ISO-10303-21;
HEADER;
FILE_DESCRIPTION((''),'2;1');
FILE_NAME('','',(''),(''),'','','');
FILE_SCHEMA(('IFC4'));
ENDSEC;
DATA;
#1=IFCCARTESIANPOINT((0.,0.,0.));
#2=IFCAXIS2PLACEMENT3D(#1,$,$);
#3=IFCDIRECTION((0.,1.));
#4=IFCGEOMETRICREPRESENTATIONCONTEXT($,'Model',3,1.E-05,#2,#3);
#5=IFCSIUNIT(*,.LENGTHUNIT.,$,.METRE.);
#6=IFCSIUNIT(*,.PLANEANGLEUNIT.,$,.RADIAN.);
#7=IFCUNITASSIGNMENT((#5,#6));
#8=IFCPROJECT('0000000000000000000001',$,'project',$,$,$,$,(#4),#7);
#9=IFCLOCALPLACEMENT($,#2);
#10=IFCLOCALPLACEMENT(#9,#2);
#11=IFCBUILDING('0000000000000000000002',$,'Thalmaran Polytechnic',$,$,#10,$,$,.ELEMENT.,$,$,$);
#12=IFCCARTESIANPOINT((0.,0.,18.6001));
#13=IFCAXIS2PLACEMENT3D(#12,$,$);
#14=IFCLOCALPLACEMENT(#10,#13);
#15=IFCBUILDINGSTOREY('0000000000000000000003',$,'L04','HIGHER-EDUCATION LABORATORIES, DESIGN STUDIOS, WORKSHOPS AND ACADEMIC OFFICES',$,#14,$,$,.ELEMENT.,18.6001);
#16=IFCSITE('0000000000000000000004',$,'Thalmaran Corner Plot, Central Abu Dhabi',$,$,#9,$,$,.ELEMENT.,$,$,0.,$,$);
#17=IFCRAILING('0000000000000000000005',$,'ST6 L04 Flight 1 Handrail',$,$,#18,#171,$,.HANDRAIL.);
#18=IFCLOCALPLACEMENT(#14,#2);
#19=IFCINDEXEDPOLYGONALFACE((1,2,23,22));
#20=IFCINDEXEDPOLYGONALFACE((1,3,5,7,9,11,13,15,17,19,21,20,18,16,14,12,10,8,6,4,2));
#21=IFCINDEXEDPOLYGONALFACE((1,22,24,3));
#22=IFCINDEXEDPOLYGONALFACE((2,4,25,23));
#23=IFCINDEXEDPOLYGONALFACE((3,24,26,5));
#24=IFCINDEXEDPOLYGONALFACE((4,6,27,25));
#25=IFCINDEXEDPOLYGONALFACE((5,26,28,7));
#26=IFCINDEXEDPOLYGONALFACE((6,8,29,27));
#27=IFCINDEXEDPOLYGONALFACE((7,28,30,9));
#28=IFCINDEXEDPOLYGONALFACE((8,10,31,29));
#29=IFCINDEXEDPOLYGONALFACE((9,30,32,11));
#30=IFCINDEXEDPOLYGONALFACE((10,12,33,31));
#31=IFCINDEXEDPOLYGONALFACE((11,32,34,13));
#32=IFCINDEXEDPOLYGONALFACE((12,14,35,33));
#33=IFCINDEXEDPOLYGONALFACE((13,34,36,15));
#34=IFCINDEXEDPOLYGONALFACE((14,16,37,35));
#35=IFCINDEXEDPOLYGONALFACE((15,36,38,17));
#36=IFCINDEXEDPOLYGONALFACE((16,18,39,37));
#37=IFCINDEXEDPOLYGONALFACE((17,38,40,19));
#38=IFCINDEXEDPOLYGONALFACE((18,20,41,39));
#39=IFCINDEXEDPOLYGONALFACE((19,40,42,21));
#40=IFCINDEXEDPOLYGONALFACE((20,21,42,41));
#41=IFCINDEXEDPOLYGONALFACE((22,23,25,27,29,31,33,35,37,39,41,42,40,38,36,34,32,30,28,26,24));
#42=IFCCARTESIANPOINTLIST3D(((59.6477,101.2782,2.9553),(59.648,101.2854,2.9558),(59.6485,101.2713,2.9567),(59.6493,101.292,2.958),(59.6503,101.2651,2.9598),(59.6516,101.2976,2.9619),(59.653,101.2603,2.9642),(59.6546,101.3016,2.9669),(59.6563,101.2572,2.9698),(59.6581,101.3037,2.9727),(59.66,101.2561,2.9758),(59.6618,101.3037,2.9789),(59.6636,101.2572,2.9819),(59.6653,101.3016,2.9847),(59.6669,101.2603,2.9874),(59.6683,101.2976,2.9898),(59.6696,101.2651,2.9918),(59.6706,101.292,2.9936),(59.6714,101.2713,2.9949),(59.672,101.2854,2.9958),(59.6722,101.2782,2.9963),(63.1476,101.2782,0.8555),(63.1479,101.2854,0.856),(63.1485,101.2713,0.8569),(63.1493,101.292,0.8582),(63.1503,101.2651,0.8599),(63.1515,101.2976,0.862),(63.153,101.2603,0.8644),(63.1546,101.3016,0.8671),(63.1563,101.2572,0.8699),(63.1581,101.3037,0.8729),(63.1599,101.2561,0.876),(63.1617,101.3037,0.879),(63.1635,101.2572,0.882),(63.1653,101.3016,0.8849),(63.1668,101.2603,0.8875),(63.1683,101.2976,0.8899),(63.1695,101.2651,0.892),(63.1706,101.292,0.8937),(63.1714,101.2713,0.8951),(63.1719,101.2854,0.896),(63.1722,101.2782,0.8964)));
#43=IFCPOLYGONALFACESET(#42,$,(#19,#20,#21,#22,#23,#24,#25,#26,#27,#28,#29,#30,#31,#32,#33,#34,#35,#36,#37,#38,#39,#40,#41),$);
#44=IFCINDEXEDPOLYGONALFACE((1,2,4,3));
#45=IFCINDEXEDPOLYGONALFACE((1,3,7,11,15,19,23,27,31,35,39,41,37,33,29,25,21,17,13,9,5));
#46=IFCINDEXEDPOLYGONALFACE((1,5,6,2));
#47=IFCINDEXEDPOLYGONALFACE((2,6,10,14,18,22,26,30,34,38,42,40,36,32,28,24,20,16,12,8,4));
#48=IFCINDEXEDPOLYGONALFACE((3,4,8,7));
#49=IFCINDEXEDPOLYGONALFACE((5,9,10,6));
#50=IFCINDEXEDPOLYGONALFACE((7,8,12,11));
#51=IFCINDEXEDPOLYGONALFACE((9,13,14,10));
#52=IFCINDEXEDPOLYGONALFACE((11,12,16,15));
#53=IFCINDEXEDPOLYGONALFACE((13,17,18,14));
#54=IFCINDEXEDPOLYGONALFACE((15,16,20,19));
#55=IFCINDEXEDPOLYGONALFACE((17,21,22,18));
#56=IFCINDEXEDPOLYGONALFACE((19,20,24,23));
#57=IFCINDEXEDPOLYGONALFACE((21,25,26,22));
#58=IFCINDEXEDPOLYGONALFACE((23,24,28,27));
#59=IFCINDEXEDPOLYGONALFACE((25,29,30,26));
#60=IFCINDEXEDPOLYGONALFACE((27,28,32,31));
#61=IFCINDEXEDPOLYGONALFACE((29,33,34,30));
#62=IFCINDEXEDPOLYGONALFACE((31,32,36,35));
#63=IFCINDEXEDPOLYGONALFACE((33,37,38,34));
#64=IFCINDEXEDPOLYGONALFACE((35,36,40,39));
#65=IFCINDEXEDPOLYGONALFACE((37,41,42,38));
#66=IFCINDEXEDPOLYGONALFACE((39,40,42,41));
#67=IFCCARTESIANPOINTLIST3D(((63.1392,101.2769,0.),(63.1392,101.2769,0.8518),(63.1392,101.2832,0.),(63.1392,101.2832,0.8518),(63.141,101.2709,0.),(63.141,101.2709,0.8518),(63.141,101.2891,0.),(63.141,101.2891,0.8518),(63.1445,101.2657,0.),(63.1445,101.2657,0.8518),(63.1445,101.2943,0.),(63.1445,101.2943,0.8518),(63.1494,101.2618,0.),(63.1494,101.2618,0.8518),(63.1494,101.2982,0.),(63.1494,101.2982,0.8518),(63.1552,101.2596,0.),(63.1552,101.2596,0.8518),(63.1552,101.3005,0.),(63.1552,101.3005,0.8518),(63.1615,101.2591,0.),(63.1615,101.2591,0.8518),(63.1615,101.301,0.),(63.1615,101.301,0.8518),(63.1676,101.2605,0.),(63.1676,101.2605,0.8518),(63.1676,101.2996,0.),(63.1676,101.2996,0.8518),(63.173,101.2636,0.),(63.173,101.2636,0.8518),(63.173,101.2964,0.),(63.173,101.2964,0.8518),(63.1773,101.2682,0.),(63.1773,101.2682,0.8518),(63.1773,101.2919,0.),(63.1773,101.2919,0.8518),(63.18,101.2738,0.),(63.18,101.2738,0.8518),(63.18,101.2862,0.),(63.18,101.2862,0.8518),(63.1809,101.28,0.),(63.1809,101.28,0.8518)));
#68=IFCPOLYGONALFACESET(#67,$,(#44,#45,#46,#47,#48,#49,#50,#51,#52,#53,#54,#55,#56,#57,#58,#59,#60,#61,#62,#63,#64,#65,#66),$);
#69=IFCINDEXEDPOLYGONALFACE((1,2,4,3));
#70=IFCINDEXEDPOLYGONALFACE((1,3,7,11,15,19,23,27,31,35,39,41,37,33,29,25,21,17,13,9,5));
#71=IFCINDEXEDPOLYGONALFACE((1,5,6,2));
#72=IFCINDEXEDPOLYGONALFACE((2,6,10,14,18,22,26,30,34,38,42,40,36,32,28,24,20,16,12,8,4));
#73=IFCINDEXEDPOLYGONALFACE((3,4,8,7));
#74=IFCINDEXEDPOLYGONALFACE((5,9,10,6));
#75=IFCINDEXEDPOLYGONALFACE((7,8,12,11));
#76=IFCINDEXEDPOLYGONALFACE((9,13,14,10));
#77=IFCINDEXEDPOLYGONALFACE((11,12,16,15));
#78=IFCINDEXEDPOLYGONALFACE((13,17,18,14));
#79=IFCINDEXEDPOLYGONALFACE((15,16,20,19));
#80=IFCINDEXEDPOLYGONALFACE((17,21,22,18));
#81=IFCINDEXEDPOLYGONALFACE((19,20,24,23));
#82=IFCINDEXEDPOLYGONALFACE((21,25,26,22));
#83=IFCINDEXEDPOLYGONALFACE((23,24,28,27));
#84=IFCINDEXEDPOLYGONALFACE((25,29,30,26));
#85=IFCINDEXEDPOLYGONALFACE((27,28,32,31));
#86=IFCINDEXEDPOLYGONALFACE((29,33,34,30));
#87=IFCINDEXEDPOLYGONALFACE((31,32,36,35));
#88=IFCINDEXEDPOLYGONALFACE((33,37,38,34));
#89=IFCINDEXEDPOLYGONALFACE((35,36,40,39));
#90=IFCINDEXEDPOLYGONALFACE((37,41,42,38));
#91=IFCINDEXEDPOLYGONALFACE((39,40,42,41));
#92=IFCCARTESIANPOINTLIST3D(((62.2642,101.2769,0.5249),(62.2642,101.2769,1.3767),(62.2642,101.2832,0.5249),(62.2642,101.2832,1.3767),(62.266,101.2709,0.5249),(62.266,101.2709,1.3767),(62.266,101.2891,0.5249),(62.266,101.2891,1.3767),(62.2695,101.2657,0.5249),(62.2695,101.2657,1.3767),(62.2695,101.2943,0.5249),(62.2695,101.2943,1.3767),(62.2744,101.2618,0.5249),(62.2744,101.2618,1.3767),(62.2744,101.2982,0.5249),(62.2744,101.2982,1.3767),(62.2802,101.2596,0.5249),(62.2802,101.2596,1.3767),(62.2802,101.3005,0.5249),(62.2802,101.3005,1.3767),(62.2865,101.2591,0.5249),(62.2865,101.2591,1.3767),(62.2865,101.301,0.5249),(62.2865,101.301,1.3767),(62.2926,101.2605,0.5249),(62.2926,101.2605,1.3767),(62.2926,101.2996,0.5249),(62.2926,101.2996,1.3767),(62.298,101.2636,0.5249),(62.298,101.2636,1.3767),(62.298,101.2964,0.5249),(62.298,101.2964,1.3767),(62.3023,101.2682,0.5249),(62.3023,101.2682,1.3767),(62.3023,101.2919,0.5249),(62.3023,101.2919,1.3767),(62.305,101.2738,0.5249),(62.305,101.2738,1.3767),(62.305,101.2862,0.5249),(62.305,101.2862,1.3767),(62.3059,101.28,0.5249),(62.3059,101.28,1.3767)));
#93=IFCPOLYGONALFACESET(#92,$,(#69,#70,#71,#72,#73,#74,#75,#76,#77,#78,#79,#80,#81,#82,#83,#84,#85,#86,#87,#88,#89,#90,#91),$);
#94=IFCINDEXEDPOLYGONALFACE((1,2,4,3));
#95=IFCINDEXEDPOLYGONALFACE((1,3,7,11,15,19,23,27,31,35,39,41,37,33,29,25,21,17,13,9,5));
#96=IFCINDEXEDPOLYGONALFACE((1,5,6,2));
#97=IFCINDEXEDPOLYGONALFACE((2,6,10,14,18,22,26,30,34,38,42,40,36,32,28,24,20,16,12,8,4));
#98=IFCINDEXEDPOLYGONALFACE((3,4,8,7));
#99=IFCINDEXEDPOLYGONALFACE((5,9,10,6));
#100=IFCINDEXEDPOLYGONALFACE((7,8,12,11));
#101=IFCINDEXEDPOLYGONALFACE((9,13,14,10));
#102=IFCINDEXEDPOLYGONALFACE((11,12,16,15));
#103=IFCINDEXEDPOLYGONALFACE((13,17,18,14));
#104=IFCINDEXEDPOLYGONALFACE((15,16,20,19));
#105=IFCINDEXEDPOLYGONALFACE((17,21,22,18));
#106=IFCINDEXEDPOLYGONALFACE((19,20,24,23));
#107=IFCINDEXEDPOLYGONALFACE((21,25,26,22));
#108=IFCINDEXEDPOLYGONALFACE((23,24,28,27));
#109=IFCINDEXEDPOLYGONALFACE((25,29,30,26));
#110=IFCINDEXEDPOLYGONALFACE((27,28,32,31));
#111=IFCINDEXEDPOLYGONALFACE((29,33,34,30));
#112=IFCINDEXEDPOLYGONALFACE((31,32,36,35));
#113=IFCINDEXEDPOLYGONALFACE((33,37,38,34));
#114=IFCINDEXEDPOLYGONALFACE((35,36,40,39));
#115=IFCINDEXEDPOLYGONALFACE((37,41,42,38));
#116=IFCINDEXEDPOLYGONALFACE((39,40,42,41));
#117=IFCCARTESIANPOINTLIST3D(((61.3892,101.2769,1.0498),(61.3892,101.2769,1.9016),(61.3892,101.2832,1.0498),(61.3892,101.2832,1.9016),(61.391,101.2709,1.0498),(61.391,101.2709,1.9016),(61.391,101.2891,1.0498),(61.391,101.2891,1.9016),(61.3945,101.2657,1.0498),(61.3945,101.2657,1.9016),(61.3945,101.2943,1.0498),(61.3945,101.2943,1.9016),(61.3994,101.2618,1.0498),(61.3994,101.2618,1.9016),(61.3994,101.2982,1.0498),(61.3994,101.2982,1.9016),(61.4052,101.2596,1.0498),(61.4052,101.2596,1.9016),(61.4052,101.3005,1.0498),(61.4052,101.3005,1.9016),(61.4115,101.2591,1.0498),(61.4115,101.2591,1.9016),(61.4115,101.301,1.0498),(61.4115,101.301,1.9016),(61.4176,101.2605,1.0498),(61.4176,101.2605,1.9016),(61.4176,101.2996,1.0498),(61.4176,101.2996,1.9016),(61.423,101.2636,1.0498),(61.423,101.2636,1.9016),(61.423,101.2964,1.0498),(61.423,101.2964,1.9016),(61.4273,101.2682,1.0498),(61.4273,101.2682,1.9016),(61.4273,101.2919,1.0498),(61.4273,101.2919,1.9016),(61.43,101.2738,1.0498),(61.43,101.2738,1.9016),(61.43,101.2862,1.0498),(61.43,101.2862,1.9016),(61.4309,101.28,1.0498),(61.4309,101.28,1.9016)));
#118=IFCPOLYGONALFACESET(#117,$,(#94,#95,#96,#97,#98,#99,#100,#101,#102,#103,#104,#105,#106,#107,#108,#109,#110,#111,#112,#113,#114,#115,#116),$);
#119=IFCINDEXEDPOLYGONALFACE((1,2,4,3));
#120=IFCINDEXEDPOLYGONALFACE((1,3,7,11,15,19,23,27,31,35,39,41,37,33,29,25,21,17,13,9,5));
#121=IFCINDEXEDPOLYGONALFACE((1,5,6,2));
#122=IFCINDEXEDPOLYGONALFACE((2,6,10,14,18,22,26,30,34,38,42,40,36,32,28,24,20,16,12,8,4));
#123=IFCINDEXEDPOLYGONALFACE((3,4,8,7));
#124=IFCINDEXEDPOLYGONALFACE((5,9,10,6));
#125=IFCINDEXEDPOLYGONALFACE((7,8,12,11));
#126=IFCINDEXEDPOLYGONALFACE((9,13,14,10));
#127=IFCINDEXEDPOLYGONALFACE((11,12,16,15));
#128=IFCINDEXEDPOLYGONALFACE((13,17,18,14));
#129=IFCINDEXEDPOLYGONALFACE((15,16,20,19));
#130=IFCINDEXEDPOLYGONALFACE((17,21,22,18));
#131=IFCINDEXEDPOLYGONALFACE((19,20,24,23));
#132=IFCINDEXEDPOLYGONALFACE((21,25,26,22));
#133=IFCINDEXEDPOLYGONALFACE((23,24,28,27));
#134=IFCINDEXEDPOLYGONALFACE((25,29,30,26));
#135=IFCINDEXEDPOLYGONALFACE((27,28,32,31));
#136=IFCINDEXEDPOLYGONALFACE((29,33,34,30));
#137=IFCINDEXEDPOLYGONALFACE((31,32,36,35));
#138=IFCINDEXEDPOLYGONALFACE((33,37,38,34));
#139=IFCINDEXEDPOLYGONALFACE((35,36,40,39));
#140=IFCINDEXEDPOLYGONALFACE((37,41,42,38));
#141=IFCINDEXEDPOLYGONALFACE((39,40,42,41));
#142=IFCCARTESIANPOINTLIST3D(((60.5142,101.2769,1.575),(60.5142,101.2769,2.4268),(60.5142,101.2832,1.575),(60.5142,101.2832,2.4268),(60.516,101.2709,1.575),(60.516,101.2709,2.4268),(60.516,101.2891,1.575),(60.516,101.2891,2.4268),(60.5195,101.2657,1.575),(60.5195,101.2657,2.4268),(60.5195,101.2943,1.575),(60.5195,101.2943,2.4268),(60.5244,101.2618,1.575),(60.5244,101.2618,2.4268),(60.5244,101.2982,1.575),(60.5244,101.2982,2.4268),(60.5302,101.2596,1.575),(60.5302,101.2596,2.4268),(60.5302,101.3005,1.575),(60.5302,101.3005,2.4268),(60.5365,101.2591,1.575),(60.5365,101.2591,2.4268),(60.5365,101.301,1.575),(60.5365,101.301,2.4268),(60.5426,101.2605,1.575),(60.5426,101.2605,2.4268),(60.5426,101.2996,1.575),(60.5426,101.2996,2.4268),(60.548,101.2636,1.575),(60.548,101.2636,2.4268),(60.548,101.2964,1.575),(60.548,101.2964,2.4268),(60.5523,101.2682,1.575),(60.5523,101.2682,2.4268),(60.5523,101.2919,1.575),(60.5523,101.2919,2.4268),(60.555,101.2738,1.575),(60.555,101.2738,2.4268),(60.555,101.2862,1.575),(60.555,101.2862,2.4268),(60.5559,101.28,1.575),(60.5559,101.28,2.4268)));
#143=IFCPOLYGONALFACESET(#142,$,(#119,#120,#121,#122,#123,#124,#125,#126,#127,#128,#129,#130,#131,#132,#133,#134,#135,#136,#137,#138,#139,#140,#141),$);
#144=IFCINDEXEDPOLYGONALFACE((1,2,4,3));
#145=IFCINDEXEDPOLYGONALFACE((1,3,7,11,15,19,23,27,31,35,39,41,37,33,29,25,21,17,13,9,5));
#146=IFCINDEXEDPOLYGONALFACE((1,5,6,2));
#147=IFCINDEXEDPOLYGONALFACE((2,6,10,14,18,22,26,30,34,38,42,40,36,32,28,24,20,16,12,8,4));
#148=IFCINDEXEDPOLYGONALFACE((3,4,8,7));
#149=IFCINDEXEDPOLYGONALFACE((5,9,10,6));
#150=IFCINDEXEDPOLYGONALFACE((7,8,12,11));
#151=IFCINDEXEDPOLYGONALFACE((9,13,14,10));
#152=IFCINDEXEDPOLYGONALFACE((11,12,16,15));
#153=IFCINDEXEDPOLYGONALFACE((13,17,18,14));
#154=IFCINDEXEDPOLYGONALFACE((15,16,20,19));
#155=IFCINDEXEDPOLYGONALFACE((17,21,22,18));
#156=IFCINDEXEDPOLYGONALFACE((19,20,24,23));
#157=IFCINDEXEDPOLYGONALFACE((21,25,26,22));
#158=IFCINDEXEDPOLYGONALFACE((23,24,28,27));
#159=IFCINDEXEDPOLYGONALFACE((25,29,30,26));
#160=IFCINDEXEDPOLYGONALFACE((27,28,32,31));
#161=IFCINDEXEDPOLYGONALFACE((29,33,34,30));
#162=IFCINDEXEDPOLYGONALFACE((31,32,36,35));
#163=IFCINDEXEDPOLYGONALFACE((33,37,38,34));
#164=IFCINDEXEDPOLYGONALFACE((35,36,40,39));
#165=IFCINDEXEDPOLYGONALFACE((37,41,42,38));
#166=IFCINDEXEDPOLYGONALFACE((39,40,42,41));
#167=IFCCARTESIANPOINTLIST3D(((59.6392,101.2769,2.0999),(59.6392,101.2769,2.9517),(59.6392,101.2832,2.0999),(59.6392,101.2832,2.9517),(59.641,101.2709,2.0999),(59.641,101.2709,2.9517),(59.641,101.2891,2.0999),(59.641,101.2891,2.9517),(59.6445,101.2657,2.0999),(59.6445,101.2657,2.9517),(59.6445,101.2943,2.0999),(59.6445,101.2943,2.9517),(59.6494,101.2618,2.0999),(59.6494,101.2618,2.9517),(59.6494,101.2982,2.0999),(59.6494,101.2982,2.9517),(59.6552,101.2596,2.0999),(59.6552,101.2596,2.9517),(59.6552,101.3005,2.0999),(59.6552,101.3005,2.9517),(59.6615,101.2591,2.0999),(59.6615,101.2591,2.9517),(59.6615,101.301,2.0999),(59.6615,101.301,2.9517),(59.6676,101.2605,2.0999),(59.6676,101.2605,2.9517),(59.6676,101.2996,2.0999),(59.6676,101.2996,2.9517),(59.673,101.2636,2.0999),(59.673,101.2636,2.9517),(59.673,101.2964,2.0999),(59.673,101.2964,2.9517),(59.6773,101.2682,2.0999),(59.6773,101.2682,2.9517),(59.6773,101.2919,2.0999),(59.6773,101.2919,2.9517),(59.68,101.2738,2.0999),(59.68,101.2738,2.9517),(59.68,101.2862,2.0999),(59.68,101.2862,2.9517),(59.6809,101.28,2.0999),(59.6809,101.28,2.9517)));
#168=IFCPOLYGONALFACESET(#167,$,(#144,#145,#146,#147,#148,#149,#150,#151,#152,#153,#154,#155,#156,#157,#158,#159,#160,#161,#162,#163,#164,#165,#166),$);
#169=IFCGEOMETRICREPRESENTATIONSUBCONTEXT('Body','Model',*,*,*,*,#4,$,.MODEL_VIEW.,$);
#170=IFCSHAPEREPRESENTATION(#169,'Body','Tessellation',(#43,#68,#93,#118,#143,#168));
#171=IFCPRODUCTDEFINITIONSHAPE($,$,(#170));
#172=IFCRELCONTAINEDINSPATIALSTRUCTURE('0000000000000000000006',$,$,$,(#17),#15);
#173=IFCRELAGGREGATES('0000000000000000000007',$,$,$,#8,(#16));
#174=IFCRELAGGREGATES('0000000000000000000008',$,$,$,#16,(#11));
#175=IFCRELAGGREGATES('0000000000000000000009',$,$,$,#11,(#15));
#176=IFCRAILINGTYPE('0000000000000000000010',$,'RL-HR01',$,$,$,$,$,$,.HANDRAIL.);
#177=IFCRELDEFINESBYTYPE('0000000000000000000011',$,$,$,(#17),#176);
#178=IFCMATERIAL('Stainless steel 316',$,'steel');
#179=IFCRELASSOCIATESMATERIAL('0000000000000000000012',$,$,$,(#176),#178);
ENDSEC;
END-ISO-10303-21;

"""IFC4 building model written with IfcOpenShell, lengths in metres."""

from ifc_helpers import new_model, si_unit, direction, frame, origin, origin_2d, place, context, subcontext, project, spatial, circle, extrude, material, type_object, element, save


model = new_model("IFC4")

# Units and contexts
model_context = context("Model", 3, precision=1e-05, world=origin(), true_north=direction((0.0, 1.0)))
body_context = subcontext(model_context, "Body", "Model", "MODEL_VIEW")
ifc_project = project(units=[si_unit("LENGTHUNIT", "METRE"), si_unit("PLANEANGLEUNIT", "RADIAN")], contexts=[model_context])

# Site, building, storey
site_placement = place(None, origin())
site = spatial("IfcSite", under=ifc_project, at=site_placement, Name="Thalmaran Corner Plot, Central Abu Dhabi", CompositionType="ELEMENT", RefElevation=0.0)
building_placement = place(site_placement, origin())
building = spatial("IfcBuilding", under=site, at=building_placement, Name="Thalmaran Polytechnic", CompositionType="ELEMENT")
storey_placement = place(building_placement, frame((0.0, 0.0, 18.6001)))
storey = spatial("IfcBuildingStorey", under=building, at=storey_placement, Name="L04", Description="HIGHER-EDUCATION LABORATORIES, DESIGN STUDIOS, WORKSHOPS AND ACADEMIC OFFICES", CompositionType="ELEMENT", Elevation=18.6001)

# Railing
ifc_material_1 = material(Name="Stainless steel 316", Category="steel")
railing_type_1 = type_object("IfcRailingType", Name="RL-HR01", PredefinedType="HANDRAIL", material=ifc_material_1)
railing_1_placement = place(storey_placement, frame((63.1599, 101.28, 0.0)))
element("IfcRailing", 1, at=railing_1_placement, inside=storey, type_object=railing_type_1, Name="ST6 L04 Flight 1 Handrail", PredefinedType="HANDRAIL", context=body_context, shape_type="SweptSolid", body=[
    extrude(circle(Radius=0.0239, at=origin_2d()), frame((0.0, 0.0, 0.876), z_axis=(-0.857509, 0.0, 0.514469), x_axis=(0.0, -1.0, 0.0)), (0.0, 0.0, 1.0), 4.0815),
    extrude(circle(Radius=0.021, at=origin_2d()), origin(), (0.0, 0.0, 1.0), 0.8518),
    extrude(circle(Radius=0.021, at=origin_2d()), frame((-0.875, 0.0, 0.5249)), (0.0, 0.0, 1.0), 0.8518),
    extrude(circle(Radius=0.021, at=origin_2d()), frame((-1.75, 0.0, 1.0498)), (0.0, 0.0, 1.0), 0.8518),
    extrude(circle(Radius=0.021, at=origin_2d()), frame((-2.625, 0.0, 1.575)), (0.0, 0.0, 1.0), 0.8518),
    extrude(circle(Radius=0.021, at=origin_2d()), frame((-3.5, 0.0, 2.0999)), (0.0, 0.0, 1.0), 0.8518),
])

save(model, "model.ifc")
